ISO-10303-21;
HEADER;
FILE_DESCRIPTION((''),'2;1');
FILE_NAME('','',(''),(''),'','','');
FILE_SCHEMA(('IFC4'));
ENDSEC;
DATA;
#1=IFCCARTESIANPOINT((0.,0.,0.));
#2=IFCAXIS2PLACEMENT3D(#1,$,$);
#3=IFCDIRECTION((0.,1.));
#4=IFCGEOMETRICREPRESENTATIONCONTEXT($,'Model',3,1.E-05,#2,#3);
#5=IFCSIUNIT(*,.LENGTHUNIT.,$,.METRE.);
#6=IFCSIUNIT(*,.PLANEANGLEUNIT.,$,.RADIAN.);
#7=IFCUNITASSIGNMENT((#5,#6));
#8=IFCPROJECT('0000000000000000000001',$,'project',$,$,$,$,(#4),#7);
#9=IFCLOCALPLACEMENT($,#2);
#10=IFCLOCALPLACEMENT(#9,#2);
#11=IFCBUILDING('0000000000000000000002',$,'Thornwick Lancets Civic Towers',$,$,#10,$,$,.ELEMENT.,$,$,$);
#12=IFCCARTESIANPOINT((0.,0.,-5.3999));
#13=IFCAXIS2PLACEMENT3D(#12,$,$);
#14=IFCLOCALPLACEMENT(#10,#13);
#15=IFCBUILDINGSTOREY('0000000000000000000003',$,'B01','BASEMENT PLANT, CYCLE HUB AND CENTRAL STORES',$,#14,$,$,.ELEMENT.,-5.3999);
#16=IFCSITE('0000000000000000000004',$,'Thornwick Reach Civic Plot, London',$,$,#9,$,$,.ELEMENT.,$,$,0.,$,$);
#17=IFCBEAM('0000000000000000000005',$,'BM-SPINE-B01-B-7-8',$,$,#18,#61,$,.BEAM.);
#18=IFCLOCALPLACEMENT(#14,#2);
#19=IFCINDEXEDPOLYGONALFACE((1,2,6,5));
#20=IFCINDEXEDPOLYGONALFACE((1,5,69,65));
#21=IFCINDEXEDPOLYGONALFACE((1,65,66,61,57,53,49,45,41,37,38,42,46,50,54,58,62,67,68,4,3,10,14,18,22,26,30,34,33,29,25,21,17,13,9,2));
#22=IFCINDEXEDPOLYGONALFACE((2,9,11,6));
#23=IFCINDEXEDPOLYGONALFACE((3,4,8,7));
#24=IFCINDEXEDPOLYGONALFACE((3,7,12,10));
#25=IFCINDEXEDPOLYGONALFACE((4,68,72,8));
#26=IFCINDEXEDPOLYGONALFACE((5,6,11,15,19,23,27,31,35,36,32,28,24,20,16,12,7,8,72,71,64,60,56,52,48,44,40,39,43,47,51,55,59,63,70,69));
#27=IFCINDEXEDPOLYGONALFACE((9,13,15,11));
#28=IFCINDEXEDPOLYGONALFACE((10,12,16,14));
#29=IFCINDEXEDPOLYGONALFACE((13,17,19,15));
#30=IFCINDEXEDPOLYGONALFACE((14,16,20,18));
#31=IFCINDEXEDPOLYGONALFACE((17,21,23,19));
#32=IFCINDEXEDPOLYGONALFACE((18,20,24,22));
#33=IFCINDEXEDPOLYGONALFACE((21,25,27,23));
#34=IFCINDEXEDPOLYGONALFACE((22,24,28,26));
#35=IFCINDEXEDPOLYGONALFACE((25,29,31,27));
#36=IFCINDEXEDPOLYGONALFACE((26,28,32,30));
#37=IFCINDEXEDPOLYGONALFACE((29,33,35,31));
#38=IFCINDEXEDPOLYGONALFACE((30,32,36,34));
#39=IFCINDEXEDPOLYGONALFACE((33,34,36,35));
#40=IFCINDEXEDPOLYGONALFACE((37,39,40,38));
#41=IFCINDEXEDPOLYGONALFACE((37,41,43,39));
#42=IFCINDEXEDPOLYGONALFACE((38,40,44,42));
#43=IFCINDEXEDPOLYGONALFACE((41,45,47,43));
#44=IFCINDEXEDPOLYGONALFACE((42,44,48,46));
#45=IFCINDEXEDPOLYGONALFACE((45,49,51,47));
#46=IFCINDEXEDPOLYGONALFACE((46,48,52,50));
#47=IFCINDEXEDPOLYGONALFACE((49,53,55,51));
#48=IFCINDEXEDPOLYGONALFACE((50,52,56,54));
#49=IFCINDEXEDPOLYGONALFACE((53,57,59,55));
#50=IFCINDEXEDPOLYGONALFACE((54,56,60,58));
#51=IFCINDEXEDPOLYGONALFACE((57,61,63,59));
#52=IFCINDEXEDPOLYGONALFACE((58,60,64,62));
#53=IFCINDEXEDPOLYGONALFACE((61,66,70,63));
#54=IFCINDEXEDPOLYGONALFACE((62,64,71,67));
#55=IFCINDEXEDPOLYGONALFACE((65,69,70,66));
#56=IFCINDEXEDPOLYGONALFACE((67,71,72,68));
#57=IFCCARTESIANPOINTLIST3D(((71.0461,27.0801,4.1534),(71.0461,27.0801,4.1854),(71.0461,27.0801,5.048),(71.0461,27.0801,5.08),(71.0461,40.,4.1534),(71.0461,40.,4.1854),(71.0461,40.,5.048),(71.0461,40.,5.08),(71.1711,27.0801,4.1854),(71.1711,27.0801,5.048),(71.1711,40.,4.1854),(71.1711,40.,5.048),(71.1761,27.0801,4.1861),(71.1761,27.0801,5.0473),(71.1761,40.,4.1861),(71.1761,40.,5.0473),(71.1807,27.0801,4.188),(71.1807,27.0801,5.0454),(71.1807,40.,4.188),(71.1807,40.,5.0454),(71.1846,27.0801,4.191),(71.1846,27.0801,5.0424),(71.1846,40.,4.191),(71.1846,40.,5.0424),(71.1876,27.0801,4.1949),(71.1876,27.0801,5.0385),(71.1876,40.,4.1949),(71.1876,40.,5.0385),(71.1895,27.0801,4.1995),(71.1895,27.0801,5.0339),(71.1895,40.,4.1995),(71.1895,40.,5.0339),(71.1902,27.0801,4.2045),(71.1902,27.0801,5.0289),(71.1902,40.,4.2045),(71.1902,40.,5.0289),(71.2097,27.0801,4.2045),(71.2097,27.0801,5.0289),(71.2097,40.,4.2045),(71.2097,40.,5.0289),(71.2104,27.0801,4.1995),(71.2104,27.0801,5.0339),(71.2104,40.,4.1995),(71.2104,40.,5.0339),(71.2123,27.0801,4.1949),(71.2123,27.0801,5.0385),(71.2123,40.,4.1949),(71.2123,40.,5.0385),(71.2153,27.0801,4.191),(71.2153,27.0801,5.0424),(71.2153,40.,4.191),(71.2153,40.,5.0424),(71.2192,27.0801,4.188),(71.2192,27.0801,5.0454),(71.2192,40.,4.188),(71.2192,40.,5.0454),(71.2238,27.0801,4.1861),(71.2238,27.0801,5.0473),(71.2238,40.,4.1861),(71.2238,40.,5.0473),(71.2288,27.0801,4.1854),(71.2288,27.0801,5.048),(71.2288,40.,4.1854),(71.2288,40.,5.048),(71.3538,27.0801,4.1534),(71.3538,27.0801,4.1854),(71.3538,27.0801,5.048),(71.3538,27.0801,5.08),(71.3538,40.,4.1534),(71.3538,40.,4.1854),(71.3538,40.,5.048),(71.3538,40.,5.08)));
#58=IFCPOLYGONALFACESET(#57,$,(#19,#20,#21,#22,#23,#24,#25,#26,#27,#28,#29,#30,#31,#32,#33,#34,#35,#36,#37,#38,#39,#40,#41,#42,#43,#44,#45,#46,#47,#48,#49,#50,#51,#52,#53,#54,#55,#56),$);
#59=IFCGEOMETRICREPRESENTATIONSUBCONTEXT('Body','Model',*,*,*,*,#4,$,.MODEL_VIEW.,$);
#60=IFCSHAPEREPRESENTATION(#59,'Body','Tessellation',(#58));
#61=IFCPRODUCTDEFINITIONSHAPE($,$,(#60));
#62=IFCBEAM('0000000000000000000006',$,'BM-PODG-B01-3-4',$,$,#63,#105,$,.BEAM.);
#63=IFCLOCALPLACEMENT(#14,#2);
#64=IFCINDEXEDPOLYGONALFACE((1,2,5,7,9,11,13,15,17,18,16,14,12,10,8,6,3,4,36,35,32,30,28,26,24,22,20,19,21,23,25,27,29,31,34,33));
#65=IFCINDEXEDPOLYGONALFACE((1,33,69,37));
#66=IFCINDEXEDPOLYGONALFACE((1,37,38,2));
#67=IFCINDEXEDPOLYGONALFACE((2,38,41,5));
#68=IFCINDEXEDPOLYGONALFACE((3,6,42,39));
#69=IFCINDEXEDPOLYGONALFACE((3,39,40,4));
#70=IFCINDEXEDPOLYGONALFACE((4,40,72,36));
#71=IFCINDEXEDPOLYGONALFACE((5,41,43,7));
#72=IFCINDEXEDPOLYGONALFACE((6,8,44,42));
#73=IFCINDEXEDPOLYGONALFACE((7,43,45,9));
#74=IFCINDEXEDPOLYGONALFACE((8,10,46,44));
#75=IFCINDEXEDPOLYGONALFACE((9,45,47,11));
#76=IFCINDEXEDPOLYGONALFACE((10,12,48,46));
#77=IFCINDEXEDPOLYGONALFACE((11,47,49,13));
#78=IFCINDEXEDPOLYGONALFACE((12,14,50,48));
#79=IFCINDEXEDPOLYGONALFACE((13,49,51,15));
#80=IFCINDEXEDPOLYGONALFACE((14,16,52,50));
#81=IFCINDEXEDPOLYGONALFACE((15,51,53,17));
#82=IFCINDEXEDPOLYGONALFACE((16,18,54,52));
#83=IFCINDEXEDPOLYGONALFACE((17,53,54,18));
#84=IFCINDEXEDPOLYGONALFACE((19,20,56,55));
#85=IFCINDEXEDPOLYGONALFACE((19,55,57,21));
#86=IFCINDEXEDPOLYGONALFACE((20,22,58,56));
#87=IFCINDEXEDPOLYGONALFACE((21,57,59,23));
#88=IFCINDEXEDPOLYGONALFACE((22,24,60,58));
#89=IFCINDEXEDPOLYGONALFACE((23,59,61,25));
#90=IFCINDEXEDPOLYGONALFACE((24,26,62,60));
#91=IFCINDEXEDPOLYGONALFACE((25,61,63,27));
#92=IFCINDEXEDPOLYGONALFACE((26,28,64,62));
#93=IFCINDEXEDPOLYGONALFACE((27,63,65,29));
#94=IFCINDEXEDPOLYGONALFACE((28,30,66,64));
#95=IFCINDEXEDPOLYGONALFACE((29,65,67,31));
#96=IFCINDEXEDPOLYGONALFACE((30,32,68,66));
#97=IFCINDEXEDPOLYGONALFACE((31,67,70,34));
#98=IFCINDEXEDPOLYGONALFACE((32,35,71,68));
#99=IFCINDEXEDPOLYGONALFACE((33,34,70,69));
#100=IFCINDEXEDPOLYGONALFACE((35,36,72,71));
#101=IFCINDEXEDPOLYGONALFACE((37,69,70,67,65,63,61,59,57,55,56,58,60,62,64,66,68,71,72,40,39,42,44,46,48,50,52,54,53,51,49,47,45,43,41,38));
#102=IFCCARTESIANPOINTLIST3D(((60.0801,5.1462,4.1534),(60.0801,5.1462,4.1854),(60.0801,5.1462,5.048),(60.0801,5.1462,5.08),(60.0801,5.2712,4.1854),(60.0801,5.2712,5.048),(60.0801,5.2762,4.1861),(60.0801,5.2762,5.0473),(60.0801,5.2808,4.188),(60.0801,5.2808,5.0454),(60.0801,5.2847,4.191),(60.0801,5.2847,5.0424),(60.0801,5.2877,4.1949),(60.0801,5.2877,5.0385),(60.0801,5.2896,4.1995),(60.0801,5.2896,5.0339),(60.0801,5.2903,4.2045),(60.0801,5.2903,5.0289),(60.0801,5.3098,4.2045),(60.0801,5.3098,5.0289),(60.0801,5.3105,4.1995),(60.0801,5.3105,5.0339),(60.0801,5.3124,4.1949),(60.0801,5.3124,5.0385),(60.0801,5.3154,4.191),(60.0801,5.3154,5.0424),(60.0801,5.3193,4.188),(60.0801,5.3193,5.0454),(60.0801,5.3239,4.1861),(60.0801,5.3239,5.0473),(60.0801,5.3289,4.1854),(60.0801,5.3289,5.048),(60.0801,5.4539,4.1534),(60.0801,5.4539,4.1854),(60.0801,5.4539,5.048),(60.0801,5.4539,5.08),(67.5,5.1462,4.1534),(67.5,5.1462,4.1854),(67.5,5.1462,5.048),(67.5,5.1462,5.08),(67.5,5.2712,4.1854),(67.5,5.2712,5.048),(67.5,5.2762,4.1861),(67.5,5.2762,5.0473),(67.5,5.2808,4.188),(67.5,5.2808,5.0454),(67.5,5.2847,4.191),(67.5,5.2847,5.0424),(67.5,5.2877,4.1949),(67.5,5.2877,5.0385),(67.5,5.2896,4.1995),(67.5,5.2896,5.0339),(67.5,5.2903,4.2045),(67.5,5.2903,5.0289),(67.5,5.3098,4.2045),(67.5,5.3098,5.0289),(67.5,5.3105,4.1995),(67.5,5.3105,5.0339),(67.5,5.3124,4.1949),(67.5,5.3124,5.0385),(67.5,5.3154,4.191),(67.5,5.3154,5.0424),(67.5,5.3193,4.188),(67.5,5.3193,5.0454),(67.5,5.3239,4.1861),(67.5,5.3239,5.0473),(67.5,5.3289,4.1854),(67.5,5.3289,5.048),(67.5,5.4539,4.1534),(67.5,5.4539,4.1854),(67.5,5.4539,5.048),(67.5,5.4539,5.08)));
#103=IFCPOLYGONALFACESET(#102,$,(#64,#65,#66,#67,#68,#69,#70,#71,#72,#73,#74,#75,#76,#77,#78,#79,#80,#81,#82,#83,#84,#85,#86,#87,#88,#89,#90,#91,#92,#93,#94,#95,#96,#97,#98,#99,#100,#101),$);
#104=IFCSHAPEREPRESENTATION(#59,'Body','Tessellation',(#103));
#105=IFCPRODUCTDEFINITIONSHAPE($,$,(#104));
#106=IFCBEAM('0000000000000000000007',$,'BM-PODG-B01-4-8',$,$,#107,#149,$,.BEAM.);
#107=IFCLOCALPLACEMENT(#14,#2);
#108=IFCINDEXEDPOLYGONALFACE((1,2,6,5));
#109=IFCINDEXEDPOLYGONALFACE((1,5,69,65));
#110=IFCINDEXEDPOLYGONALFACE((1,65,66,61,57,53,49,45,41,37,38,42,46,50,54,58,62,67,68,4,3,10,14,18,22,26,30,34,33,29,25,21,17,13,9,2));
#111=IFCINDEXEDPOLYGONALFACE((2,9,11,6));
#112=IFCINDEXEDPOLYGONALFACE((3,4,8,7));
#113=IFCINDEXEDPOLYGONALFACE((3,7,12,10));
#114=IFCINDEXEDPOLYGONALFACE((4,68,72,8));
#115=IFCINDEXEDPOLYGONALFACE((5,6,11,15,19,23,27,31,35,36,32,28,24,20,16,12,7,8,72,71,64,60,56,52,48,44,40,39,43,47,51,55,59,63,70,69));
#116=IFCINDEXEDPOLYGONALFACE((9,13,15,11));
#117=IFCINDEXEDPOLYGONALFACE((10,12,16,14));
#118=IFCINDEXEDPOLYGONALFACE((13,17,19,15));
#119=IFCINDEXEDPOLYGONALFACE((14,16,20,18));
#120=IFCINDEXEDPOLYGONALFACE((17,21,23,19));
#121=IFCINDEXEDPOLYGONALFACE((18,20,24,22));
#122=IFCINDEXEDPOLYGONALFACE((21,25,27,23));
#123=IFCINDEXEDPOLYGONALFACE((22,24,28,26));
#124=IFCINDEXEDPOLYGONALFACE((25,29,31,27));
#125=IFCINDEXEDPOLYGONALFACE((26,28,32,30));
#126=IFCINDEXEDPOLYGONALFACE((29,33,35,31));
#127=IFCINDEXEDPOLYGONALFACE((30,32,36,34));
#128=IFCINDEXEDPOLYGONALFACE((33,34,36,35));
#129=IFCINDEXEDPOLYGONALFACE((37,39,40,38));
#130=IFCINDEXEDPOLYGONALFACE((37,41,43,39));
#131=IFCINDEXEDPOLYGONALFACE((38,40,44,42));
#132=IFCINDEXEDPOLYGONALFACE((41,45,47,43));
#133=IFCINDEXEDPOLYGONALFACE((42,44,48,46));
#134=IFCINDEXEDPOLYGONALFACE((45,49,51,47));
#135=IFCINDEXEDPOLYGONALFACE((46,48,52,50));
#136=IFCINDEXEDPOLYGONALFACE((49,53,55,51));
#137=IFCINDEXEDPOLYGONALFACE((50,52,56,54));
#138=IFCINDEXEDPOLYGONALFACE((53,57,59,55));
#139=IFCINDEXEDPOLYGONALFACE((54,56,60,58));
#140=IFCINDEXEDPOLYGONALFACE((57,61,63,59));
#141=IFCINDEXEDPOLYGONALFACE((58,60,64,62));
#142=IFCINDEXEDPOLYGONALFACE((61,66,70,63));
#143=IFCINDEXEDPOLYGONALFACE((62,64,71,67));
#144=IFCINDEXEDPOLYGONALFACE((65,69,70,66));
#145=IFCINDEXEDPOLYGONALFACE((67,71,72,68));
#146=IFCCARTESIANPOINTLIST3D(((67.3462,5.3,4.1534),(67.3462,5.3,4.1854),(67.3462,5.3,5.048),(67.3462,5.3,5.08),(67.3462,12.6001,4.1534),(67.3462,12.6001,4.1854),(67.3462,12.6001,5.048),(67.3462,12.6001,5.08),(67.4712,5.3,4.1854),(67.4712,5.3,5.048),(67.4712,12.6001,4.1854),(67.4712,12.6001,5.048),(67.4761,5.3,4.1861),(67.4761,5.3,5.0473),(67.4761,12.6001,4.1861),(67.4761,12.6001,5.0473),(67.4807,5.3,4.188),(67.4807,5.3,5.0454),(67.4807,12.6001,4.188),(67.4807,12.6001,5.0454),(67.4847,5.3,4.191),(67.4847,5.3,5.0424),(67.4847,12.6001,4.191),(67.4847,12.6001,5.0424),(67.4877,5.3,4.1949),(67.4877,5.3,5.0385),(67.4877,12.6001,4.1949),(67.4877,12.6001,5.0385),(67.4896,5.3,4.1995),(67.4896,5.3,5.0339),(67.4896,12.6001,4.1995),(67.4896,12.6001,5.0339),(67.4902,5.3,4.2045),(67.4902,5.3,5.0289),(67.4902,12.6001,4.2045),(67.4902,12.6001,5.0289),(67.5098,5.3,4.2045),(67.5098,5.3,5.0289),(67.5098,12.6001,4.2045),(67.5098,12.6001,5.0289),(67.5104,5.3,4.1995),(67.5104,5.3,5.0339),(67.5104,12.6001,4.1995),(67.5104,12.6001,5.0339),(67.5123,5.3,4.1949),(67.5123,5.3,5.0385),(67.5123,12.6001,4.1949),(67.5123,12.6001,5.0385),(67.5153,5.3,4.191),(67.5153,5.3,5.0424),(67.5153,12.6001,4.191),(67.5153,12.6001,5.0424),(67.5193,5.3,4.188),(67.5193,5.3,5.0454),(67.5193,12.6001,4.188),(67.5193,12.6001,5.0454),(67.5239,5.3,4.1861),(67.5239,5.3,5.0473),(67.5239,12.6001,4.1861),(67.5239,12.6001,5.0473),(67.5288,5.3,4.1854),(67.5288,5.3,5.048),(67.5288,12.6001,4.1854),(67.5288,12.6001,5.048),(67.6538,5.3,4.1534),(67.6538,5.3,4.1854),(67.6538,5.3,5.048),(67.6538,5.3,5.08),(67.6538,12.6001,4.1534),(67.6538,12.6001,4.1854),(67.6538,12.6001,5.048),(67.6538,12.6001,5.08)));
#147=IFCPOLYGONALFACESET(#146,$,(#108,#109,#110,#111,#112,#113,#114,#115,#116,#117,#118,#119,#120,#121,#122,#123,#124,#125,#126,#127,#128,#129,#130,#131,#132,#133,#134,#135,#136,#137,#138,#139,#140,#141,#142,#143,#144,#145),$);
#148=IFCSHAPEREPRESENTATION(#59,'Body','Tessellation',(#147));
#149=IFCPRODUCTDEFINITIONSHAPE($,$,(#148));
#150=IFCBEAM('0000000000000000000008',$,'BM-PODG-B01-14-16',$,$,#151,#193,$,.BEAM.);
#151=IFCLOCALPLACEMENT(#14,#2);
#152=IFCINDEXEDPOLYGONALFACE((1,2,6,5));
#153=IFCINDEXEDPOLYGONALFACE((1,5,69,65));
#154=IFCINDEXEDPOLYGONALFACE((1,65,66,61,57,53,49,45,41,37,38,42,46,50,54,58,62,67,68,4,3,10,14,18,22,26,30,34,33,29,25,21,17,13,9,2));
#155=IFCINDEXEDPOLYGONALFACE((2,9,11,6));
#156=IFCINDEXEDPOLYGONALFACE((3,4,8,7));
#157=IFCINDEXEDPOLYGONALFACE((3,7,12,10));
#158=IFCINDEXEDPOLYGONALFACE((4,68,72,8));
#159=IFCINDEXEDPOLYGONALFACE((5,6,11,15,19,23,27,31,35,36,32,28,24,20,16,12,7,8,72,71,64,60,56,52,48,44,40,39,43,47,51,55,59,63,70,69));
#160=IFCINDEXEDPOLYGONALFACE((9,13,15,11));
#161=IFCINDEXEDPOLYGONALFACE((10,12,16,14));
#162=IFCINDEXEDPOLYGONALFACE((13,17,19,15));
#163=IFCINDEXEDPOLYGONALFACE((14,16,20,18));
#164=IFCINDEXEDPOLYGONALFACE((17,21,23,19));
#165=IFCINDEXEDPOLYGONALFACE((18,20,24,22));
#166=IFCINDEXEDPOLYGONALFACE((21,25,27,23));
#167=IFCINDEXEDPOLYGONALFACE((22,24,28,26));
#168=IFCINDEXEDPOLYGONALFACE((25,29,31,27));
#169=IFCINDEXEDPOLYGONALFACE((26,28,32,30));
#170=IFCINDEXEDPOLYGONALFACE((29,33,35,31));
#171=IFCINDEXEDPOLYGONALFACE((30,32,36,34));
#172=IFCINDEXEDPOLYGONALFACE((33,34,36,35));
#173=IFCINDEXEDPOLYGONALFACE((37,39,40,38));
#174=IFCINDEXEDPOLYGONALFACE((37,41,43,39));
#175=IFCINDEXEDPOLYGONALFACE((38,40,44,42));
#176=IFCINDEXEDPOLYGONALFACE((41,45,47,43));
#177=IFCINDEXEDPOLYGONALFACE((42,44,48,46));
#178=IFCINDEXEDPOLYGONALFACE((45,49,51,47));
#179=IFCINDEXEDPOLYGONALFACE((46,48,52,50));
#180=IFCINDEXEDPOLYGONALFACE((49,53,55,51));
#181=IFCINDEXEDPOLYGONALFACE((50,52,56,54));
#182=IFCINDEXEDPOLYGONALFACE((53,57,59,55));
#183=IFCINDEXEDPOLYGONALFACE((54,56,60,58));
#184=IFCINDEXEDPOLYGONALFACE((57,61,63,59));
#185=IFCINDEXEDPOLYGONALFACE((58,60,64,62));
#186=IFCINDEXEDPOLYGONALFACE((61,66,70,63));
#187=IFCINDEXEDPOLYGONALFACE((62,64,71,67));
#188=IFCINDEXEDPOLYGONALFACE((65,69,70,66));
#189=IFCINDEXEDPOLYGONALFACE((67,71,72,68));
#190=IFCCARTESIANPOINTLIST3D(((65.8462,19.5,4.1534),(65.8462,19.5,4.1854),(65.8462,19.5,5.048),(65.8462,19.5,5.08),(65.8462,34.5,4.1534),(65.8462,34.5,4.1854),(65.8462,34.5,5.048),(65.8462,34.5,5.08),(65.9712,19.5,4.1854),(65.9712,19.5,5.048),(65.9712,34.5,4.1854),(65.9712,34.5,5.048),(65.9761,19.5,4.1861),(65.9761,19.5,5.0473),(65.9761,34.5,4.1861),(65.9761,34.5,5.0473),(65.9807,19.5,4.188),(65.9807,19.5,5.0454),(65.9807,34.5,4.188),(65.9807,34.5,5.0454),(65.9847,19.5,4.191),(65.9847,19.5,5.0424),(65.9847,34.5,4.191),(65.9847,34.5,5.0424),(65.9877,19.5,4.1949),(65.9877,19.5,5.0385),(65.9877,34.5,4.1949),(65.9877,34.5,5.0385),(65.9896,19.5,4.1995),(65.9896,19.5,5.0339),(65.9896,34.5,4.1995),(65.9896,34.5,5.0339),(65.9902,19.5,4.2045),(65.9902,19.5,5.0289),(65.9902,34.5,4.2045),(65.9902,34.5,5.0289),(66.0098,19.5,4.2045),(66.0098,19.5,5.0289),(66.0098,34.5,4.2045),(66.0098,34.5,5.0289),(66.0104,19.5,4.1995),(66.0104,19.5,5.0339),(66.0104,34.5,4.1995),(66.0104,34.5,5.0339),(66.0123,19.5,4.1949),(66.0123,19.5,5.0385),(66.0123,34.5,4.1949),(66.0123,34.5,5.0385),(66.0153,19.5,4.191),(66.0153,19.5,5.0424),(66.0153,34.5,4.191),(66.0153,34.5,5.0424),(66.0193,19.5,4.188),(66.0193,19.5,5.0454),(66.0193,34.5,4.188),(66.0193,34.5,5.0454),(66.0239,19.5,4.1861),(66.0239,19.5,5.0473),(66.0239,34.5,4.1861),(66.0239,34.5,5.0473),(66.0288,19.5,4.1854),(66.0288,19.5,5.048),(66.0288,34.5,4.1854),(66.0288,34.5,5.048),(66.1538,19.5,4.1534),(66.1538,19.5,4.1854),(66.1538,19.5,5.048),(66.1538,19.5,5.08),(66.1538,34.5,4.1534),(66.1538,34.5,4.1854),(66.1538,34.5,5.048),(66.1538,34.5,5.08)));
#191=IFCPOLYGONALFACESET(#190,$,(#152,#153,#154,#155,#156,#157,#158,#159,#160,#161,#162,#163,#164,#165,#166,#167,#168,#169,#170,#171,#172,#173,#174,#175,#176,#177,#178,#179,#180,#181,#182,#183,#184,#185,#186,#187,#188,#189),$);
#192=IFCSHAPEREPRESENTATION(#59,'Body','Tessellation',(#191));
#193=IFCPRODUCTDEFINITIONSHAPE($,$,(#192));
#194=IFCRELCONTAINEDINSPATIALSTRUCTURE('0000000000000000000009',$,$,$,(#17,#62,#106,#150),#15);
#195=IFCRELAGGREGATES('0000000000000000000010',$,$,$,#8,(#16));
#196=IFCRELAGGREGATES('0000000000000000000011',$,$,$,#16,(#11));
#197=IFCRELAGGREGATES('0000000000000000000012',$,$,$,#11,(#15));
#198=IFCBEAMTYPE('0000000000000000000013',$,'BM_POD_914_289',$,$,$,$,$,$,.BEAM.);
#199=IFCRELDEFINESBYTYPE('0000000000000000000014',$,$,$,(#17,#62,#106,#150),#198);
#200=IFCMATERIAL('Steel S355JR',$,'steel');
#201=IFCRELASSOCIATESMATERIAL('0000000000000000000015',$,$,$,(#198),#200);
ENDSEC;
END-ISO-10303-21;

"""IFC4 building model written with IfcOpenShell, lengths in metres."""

from ifc_helpers import new_model, si_unit, direction, frame, origin, origin_2d, place, context, subcontext, project, spatial, i_section, extrude, material, material_profile, profile_set, type_object, element, save


model = new_model("IFC4")

# Units and contexts
model_context = context("Model", 3, precision=1e-05, world=origin(), true_north=direction((0.0, 1.0)))
body_context = subcontext(model_context, "Body", "Model", "MODEL_VIEW")
ifc_project = project(units=[si_unit("LENGTHUNIT", "METRE"), si_unit("PLANEANGLEUNIT", "RADIAN")], contexts=[model_context])

# Site, building, storey
site_placement = place(None, origin())
site = spatial("IfcSite", under=ifc_project, at=site_placement, Name="Thornwick Reach Civic Plot, London", CompositionType="ELEMENT", RefElevation=0.0)
building_placement = place(site_placement, origin())
building = spatial("IfcBuilding", under=site, at=building_placement, Name="Thornwick Lancets Civic Towers", CompositionType="ELEMENT")
storey_placement = place(building_placement, frame((0.0, 0.0, -5.3999)))
storey = spatial("IfcBuildingStorey", under=building, at=storey_placement, Name="B01", Description="BASEMENT PLANT, CYCLE HUB AND CENTRAL STORES", CompositionType="ELEMENT", Elevation=-5.3999)

# Beams
ifc_material_1 = material(Name="Steel S355JR", Category="steel")
ifc_material_profile_1 = material_profile(ifc_material_1, i_section(OverallWidth=0.3076, OverallDepth=0.9265, WebThickness=0.0195, FlangeThickness=0.032, FilletRadius=0.019, at=origin_2d()), Name="UKB 914x305x289")
ifc_profile_set_1 = profile_set([ifc_material_profile_1], Name="Steel S355JR")
beam_type = type_object("IfcBeamType", Name="BM_POD_914_289", PredefinedType="BEAM", material=ifc_profile_set_1)
beam_1_placement = place(storey_placement, frame((71.2, 27.0801, 4.6167), z_axis=(0.0, 1.0, 0.0), x_axis=(-1.0, 0.0, 0.0)))
element("IfcBeam", 1, at=beam_1_placement, inside=storey, type_object=beam_type, Name="BM-SPINE-B01-B-7-8", PredefinedType="BEAM", context=body_context, shape_type="SweptSolid", body=[
    extrude(i_section(OverallWidth=0.3076, OverallDepth=0.9265, WebThickness=0.0195, FlangeThickness=0.032, FilletRadius=0.019, at=origin_2d()), origin(), (0.0, 0.0, 1.0), 12.9199),
])
beam_2_placement = place(storey_placement, frame((60.0801, 5.3, 4.6167), z_axis=(1.0, 0.0, 0.0), x_axis=(0.0, 1.0, 0.0)))
element("IfcBeam", 2, at=beam_2_placement, inside=storey, type_object=beam_type, Name="BM-PODG-B01-3-4", PredefinedType="BEAM", context=body_context, shape_type="SweptSolid", body=[
    extrude(i_section(OverallWidth=0.3076, OverallDepth=0.9265, WebThickness=0.0195, FlangeThickness=0.032, FilletRadius=0.019, at=origin_2d()), origin(), (0.0, 0.0, 1.0), 7.4199),
])
beam_3_placement = place(storey_placement, frame((67.5, 5.3, 4.6167), z_axis=(0.0, 1.0, 0.0), x_axis=(-1.0, 0.0, 0.0)))
element("IfcBeam", 3, at=beam_3_placement, inside=storey, type_object=beam_type, Name="BM-PODG-B01-4-8", PredefinedType="BEAM", context=body_context, shape_type="SweptSolid", body=[
    extrude(i_section(OverallWidth=0.3076, OverallDepth=0.9265, WebThickness=0.0195, FlangeThickness=0.032, FilletRadius=0.019, at=origin_2d()), origin(), (0.0, 0.0, 1.0), 7.3),
])
beam_4_placement = place(storey_placement, frame((66.0, 19.5, 4.6167), z_axis=(0.0, 1.0, 0.0), x_axis=(-1.0, 0.0, 0.0)))
element("IfcBeam", 4, at=beam_4_placement, inside=storey, type_object=beam_type, Name="BM-PODG-B01-14-16", PredefinedType="BEAM", context=body_context, shape_type="SweptSolid", body=[
    extrude(i_section(OverallWidth=0.3076, OverallDepth=0.9265, WebThickness=0.0195, FlangeThickness=0.032, FilletRadius=0.019, at=origin_2d()), origin(), (0.0, 0.0, 1.0), 15.0),
])

save(model, "model.ifc")
